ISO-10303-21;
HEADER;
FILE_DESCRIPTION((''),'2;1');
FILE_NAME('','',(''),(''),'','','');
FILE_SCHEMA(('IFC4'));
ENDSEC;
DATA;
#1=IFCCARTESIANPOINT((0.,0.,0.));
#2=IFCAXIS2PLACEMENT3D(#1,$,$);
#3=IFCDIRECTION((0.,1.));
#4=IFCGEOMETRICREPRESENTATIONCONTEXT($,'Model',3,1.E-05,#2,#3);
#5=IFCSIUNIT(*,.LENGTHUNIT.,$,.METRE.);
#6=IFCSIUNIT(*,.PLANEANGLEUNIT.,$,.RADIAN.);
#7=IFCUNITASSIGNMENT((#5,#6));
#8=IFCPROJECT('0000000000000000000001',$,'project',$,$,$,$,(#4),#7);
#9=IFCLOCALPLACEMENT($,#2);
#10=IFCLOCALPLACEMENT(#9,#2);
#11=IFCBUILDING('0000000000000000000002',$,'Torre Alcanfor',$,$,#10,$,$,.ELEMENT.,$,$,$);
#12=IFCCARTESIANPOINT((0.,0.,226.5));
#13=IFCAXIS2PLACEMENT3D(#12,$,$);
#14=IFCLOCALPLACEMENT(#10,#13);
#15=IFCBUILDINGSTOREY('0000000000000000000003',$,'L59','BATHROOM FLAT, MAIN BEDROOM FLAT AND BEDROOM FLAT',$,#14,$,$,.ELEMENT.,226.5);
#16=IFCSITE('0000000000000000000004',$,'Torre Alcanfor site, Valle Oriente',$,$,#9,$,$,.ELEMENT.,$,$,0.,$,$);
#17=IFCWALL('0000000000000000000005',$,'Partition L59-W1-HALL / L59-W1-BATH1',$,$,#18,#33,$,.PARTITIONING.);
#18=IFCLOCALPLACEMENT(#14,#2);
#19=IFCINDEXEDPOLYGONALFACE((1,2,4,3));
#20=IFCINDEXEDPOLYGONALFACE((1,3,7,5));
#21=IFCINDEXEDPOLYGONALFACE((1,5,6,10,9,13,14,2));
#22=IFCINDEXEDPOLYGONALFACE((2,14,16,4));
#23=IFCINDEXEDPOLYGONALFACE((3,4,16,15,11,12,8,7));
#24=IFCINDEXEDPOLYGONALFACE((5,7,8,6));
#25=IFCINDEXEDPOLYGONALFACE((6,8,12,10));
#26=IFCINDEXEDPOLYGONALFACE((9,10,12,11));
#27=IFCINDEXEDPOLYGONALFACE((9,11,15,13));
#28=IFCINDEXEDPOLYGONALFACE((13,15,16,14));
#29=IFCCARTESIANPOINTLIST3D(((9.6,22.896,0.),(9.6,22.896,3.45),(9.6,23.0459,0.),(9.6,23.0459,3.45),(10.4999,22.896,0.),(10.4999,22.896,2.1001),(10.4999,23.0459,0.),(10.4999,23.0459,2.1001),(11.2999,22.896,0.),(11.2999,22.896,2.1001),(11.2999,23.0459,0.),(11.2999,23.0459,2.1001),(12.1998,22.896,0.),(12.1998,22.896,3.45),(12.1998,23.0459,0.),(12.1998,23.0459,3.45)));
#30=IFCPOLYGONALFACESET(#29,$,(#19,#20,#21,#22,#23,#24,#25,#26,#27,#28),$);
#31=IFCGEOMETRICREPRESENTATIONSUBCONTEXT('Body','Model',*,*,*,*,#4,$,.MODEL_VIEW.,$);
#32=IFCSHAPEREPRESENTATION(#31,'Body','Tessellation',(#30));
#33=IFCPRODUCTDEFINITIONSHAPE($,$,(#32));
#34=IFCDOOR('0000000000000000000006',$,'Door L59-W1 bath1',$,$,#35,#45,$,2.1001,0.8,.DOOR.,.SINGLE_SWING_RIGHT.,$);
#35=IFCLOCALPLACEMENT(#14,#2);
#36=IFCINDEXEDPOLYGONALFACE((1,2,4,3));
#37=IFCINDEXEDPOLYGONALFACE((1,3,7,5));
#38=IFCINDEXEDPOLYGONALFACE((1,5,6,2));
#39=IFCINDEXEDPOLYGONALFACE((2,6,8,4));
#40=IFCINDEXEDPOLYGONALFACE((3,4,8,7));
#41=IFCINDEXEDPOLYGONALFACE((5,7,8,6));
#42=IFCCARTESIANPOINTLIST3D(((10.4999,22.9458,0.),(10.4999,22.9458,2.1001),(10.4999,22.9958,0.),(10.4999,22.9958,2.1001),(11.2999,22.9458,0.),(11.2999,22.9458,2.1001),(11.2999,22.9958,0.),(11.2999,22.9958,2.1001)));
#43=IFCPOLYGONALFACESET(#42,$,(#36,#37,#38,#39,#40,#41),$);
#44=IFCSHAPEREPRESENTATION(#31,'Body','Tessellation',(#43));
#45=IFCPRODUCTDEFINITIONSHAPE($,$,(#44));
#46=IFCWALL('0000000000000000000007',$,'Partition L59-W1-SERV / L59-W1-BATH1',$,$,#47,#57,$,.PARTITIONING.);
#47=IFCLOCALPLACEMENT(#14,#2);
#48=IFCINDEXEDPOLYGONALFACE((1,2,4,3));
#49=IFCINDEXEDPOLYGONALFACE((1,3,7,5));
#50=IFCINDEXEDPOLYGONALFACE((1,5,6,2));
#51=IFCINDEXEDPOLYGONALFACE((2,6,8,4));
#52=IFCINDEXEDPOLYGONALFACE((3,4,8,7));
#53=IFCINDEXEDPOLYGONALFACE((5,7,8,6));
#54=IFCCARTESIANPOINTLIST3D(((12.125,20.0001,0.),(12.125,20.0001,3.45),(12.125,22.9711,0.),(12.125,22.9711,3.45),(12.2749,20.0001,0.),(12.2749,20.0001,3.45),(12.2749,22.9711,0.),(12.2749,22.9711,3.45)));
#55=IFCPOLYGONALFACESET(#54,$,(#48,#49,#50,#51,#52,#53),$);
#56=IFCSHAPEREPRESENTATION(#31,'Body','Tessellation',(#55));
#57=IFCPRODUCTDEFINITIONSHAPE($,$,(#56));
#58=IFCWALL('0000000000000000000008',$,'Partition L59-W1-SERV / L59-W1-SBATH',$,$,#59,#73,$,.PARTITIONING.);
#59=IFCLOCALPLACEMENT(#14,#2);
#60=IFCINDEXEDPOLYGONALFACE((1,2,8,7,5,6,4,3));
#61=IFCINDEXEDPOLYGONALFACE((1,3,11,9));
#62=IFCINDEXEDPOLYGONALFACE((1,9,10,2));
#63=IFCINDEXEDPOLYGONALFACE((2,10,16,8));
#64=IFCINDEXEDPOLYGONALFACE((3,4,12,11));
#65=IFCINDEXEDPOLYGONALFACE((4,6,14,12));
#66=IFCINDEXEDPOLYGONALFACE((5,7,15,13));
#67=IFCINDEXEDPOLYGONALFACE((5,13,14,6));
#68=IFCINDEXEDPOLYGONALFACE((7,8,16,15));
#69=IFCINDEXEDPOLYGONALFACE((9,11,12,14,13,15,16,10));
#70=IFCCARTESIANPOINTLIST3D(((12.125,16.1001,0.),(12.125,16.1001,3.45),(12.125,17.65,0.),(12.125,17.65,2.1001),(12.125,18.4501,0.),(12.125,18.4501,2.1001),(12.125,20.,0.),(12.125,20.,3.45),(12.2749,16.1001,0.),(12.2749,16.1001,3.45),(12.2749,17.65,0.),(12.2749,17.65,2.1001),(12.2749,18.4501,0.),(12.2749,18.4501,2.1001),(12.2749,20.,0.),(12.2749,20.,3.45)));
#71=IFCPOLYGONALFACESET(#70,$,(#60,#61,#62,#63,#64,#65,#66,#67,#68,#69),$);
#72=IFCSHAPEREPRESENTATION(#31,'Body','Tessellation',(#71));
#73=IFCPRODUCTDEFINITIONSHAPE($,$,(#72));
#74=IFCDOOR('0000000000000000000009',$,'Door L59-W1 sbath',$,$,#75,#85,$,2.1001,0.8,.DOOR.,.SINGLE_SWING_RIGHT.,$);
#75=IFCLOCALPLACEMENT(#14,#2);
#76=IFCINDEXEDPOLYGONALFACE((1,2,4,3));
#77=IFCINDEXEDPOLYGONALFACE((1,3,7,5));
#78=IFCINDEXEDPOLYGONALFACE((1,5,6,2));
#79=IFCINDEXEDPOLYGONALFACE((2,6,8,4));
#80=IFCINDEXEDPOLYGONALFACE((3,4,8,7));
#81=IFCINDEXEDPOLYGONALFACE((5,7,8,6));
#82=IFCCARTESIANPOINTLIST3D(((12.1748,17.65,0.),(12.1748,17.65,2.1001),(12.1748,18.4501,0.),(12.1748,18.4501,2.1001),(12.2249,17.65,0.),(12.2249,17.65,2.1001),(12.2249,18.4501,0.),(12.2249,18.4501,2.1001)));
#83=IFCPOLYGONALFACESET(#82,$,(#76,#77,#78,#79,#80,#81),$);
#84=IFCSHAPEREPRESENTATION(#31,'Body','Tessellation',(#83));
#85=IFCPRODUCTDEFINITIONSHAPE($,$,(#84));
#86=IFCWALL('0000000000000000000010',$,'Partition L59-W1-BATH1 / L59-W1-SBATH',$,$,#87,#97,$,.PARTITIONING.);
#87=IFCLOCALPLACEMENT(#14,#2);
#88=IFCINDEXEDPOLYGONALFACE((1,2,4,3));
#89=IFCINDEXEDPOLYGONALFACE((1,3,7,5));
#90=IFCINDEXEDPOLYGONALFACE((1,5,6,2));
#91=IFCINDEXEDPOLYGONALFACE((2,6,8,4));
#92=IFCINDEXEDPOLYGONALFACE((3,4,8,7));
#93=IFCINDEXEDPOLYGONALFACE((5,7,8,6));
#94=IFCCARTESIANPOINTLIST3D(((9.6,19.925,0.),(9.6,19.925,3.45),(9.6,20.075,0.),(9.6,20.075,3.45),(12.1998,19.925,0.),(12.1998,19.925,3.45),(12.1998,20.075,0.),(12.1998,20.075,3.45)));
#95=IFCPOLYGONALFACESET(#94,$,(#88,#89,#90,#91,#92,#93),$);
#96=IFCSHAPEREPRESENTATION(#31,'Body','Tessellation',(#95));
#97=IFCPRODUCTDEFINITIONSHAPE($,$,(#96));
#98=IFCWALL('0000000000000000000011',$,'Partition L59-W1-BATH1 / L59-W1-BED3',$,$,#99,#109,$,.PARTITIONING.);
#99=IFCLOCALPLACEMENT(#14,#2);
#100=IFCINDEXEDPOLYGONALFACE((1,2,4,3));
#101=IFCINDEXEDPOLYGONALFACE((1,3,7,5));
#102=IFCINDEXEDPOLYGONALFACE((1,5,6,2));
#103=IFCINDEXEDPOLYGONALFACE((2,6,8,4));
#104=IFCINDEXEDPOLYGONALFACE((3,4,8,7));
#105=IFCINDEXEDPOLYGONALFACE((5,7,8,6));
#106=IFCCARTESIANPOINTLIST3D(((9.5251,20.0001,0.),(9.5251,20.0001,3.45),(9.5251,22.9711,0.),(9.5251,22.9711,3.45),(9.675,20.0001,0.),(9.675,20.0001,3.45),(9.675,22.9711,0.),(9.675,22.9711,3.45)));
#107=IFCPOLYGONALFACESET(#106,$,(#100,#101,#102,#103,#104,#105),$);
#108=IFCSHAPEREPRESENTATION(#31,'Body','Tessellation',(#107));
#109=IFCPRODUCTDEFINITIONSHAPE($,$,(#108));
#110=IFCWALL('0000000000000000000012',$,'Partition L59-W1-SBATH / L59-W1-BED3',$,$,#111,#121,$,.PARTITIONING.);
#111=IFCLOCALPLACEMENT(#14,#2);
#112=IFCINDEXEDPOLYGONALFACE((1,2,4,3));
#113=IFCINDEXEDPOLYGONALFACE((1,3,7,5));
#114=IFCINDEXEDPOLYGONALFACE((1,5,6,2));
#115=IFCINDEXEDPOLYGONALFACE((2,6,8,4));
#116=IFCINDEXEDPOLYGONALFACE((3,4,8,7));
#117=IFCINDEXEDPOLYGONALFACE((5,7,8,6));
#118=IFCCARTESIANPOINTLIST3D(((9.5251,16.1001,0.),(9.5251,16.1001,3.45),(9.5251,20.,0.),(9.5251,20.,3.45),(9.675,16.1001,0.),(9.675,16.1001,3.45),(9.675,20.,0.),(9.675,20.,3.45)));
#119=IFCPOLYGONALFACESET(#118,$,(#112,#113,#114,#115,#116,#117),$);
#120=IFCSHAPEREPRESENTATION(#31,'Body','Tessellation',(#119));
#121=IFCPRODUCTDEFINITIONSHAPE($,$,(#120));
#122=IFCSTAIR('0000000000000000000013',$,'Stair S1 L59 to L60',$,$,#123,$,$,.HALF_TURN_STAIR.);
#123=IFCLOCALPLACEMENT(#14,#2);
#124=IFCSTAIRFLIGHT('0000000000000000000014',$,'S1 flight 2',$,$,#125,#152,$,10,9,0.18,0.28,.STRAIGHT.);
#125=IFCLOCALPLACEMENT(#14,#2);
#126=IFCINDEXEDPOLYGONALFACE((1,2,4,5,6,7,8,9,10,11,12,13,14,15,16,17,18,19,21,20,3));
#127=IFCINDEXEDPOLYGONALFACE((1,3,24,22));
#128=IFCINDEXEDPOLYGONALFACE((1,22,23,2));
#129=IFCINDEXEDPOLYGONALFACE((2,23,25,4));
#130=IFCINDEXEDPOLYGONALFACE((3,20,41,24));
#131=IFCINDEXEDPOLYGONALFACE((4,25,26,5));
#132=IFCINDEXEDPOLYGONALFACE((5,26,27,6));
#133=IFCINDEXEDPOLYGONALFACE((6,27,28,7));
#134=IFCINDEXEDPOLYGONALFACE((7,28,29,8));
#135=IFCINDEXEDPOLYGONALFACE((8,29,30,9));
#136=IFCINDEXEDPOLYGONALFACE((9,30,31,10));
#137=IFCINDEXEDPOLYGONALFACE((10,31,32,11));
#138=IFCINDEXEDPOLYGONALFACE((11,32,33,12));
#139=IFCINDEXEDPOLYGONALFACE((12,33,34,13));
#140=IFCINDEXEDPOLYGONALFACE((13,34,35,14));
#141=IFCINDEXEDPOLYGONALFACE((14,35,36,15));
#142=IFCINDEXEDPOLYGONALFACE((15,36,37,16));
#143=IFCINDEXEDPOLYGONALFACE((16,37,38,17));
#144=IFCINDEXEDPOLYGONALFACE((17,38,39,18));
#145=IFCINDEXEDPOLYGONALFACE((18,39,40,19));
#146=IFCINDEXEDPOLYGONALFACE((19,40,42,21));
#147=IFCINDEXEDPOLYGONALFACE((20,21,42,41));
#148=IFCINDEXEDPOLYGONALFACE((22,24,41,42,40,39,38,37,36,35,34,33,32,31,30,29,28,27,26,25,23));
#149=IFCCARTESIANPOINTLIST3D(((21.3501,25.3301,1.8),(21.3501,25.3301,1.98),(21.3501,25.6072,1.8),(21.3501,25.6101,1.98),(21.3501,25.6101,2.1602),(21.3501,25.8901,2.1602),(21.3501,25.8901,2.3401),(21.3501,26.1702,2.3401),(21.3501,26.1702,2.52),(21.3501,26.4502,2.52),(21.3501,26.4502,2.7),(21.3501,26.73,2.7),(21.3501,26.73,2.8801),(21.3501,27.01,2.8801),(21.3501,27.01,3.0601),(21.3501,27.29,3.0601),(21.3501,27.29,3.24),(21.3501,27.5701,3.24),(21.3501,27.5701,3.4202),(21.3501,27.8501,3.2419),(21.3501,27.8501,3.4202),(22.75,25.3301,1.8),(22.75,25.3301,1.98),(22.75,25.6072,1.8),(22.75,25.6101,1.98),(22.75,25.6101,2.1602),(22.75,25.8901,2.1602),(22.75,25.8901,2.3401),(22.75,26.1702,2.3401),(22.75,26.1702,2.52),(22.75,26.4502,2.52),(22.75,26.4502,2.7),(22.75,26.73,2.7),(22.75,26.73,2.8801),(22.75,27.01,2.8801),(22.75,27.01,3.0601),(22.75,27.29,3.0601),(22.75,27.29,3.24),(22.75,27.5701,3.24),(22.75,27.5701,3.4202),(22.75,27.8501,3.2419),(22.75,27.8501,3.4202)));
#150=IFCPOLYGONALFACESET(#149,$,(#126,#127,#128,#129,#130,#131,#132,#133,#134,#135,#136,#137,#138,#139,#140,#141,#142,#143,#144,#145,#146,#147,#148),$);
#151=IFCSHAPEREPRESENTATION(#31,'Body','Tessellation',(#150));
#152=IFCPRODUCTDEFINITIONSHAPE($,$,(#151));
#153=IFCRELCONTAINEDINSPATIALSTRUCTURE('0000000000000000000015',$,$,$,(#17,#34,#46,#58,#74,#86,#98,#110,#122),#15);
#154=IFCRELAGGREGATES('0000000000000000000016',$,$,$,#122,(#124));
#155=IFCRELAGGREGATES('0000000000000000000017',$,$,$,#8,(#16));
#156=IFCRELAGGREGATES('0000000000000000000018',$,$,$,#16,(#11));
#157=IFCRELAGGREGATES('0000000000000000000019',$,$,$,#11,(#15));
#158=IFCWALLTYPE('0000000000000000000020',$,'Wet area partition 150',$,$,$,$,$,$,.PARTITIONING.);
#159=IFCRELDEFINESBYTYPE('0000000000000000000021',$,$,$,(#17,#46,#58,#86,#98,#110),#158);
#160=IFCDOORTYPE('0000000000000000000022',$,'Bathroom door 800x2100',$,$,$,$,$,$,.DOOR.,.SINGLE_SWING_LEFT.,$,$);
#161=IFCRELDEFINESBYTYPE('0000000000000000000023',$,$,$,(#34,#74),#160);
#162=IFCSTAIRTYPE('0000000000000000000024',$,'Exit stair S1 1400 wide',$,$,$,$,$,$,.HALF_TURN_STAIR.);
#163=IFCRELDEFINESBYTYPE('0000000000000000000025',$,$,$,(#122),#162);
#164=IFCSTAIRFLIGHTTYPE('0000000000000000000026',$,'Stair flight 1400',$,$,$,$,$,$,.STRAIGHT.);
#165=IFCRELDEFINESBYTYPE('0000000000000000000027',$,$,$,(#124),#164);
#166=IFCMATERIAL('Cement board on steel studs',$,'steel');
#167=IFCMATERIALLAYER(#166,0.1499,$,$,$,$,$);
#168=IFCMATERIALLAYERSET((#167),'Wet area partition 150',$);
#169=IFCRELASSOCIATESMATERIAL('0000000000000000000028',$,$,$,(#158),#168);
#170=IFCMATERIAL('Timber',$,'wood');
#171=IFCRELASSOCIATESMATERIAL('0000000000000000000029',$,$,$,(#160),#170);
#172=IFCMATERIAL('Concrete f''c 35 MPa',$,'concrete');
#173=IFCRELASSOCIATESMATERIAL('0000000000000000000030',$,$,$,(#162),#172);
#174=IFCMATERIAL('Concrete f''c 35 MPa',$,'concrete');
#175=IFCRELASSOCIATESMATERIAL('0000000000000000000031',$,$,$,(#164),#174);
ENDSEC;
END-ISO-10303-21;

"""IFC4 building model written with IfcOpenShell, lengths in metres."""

from ifc_helpers import new_model, si_unit, direction, frame, frame_2d, origin, place, context, subcontext, project, spatial, polyline, rectangle, outline, extrude, material, layer, layer_set, type_object, element, fill, aggregate, save


model = new_model("IFC4")

# Units and contexts
model_context = context("Model", 3, precision=1e-05, world=origin(), true_north=direction((0.0, 1.0)))
body_context = subcontext(model_context, "Body", "Model", "MODEL_VIEW")
ifc_project = project(units=[si_unit("LENGTHUNIT", "METRE"), si_unit("PLANEANGLEUNIT", "RADIAN")], contexts=[model_context])

# Site, building, storey
site_placement = place(None, origin())
site = spatial("IfcSite", under=ifc_project, at=site_placement, Name="Torre Alcanfor site, Valle Oriente", CompositionType="ELEMENT", RefElevation=0.0)
building_placement = place(site_placement, origin())
building = spatial("IfcBuilding", under=site, at=building_placement, Name="Torre Alcanfor", CompositionType="ELEMENT")
storey_placement = place(building_placement, frame((0.0, 0.0, 226.5)))
storey = spatial("IfcBuildingStorey", under=building, at=storey_placement, Name="L59", Description="BATHROOM FLAT, MAIN BEDROOM FLAT AND BEDROOM FLAT", CompositionType="ELEMENT", Elevation=226.5)

# Wall, opening, door
ifc_material_1 = material(Name="Cement board on steel studs", Category="steel")
ifc_layer_1 = layer(ifc_material_1, 0.1499)
ifc_layer_set_1 = layer_set([ifc_layer_1], Name="Wet area partition 150")
wall_type_1 = type_object("IfcWallType", Name="Wet area partition 150", PredefinedType="PARTITIONING", material=ifc_layer_set_1)
wall_1_placement = place(storey_placement, frame((9.6001, 22.9709, 0.0), z_axis=(0.0, 0.0, 1.0), x_axis=(1.0, 0.0, 0.0)))
wall_1 = element("IfcWall", 1, at=wall_1_placement, inside=storey, type_object=wall_type_1, Name="Partition L59-W1-HALL / L59-W1-BATH1", PredefinedType="PARTITIONING", context=body_context, shape_type="SweptSolid", body=[
    extrude(rectangle(XDim=2.5999, YDim=0.1499, at=frame_2d((1.2998, 0.0))), origin(), (0.0, 0.0, 1.0), 3.45),
])
opening_1_placement = place(wall_1_placement, frame((0.8999, 0.0, 0.0)))
opening_1 = element("IfcOpeningElement", 2, at=opening_1_placement, cuts=wall_1, PredefinedType="OPENING", context=body_context, shape_type="SweptSolid", body=[
    extrude(rectangle(XDim=0.8, YDim=2.1001, at=frame_2d((0.3999, 1.05))), frame((0.0, 0.085, 0.0), z_axis=(0.0, -1.0, 0.0), x_axis=(1.0, 0.0, 0.0)), (0.0, 0.0, 1.0), 0.1699),
])
ifc_material_2 = material(Name="Timber", Category="wood")
door_type_1 = type_object("IfcDoorType", Name="Bathroom door 800x2100", OperationType="SINGLE_SWING_LEFT", PredefinedType="DOOR", material=ifc_material_2)
door_1_placement = place(opening_1_placement, frame((0.8, 0.0, 0.0), z_axis=(0.0, 0.0, 1.0), x_axis=(-1.0, 0.0, 0.0)))
door_1 = element("IfcDoor", 3, at=door_1_placement, inside=storey, type_object=door_type_1, Name="Door L59-W1 bath1", OperationType="SINGLE_SWING_RIGHT", OverallHeight=2.1001, OverallWidth=0.8, PredefinedType="DOOR", context=body_context, shape_type="SweptSolid", body=[
    extrude(rectangle(XDim=0.8, YDim=2.1001, at=frame_2d((0.4001, 1.05))), frame((0.0, 0.0251, 0.0), z_axis=(0.0, -1.0, 0.0), x_axis=(1.0, 0.0, 0.0)), (0.0, 0.0, 1.0), 0.05),
])
fill(opening_1, door_1)

# Wall
wall_2_placement = place(storey_placement, frame((12.2, 22.9709, 0.0), z_axis=(0.0, 0.0, 1.0), x_axis=(0.0, -1.0, 0.0)))
element("IfcWall", 4, at=wall_2_placement, inside=storey, type_object=wall_type_1, Name="Partition L59-W1-SERV / L59-W1-BATH1", PredefinedType="PARTITIONING", context=body_context, shape_type="SweptSolid", body=[
    extrude(rectangle(XDim=2.9709, YDim=0.1499, at=frame_2d((1.4854, 0.0))), origin(), (0.0, 0.0, 1.0), 3.45),
])

# Wall, opening, door
wall_3_placement = place(storey_placement, frame((12.2, 20.0, 0.0), z_axis=(0.0, 0.0, 1.0), x_axis=(0.0, -1.0, 0.0)))
wall_3 = element("IfcWall", 5, at=wall_3_placement, inside=storey, type_object=wall_type_1, Name="Partition L59-W1-SERV / L59-W1-SBATH", PredefinedType="PARTITIONING", context=body_context, shape_type="SweptSolid", body=[
    extrude(rectangle(XDim=3.8999, YDim=0.1499, at=frame_2d((1.95, 0.0))), origin(), (0.0, 0.0, 1.0), 3.45),
])
opening_2_placement = place(wall_3_placement, frame((1.55, 0.0, 0.0)))
opening_2 = element("IfcOpeningElement", 6, at=opening_2_placement, cuts=wall_3, PredefinedType="OPENING", context=body_context, shape_type="SweptSolid", body=[
    extrude(rectangle(XDim=0.8, YDim=2.1001, at=frame_2d((0.3999, 1.05))), frame((0.0, 0.085, 0.0), z_axis=(0.0, -1.0, 0.0), x_axis=(1.0, 0.0, 0.0)), (0.0, 0.0, 1.0), 0.1699),
])
door_2_placement = place(opening_2_placement, frame((0.8, 0.0, 0.0), z_axis=(0.0, 0.0, 1.0), x_axis=(-1.0, 0.0, 0.0)))
door_2 = element("IfcDoor", 7, at=door_2_placement, inside=storey, type_object=door_type_1, Name="Door L59-W1 sbath", OperationType="SINGLE_SWING_RIGHT", OverallHeight=2.1001, OverallWidth=0.8, PredefinedType="DOOR", context=body_context, shape_type="SweptSolid", body=[
    extrude(rectangle(XDim=0.8, YDim=2.1001, at=frame_2d((0.4001, 1.05))), frame((0.0, 0.0251, 0.0), z_axis=(0.0, -1.0, 0.0), x_axis=(1.0, 0.0, 0.0)), (0.0, 0.0, 1.0), 0.05),
])
fill(opening_2, door_2)

# Walls
wall_4_placement = place(storey_placement, frame((9.6001, 20.0, 0.0), z_axis=(0.0, 0.0, 1.0), x_axis=(1.0, 0.0, 0.0)))
element("IfcWall", 8, at=wall_4_placement, inside=storey, type_object=wall_type_1, Name="Partition L59-W1-BATH1 / L59-W1-SBATH", PredefinedType="PARTITIONING", context=body_context, shape_type="SweptSolid", body=[
    extrude(rectangle(XDim=2.5999, YDim=0.1499, at=frame_2d((1.2998, 0.0))), origin(), (0.0, 0.0, 1.0), 3.45),
])
wall_5_placement = place(storey_placement, frame((9.6001, 22.9709, 0.0), z_axis=(0.0, 0.0, 1.0), x_axis=(0.0, -1.0, 0.0)))
element("IfcWall", 9, at=wall_5_placement, inside=storey, type_object=wall_type_1, Name="Partition L59-W1-BATH1 / L59-W1-BED3", PredefinedType="PARTITIONING", context=body_context, shape_type="SweptSolid", body=[
    extrude(rectangle(XDim=2.9709, YDim=0.1499, at=frame_2d((1.4854, 0.0))), origin(), (0.0, 0.0, 1.0), 3.45),
])
wall_6_placement = place(storey_placement, frame((9.6001, 20.0, 0.0), z_axis=(0.0, 0.0, 1.0), x_axis=(0.0, -1.0, 0.0)))
element("IfcWall", 10, at=wall_6_placement, inside=storey, type_object=wall_type_1, Name="Partition L59-W1-SBATH / L59-W1-BED3", PredefinedType="PARTITIONING", context=body_context, shape_type="SweptSolid", body=[
    extrude(rectangle(XDim=3.8999, YDim=0.1499, at=frame_2d((1.95, 0.0))), origin(), (0.0, 0.0, 1.0), 3.45),
])

# Stair, stair flight
ifc_material_3 = material(Name="Concrete f'c 35 MPa", Category="concrete")
stair_type = type_object("IfcStairType", Name="Exit stair S1 1400 wide", PredefinedType="HALF_TURN_STAIR", material=ifc_material_3)
stair_placement = place(storey_placement, origin())
stair = element("IfcStair", 11, at=stair_placement, inside=storey, type_object=stair_type, Name="Stair S1 L59 to L60", PredefinedType="HALF_TURN_STAIR")
ifc_material_4 = material(Name="Concrete f'c 35 MPa", Category="concrete")
stair_flight_type = type_object("IfcStairFlightType", Name="Stair flight 1400", PredefinedType="STRAIGHT", material=ifc_material_4)
stair_flight_placement = place(storey_placement, frame((22.05, 25.3301, 1.8), z_axis=(0.0, 0.0, 1.0), x_axis=(0.0, 1.0, 0.0)))
stair_flight = element("IfcStairFlight", 12, at=stair_flight_placement, type_object=stair_flight_type, Name="S1 flight 2", NumberOfRisers=10, NumberOfTreads=9, PredefinedType="STRAIGHT", RiserHeight=0.18, TreadLength=0.28, context=body_context, shape_type="SweptSolid", body=[
    extrude(outline(polyline([(0.0, 0.0), (0.0, 0.1799), (0.28, 0.1799), (0.28, 0.3601), (0.5601, 0.3601), (0.5601, 0.54), (0.8401, 0.54), (0.8401, 0.72), (1.1201, 0.72), (1.1201, 0.8999), (1.3999, 0.8999), (1.3999, 1.0801), (1.6799, 1.0801), (1.6799, 1.26), (1.96, 1.26), (1.96, 1.4399), (2.24, 1.4399), (2.24, 1.6201), (2.52, 1.6201), (2.52, 1.8), (2.52, 1.4419), (0.2771, 0.0), (0.0, 0.0)])), frame((0.0, 0.7, 0.0), z_axis=(0.0, -1.0, 0.0), x_axis=(1.0, 0.0, 0.0)), (0.0, 0.0, 1.0), 1.3999),
])
aggregate(stair, [stair_flight])

save(model, "model.ifc")
